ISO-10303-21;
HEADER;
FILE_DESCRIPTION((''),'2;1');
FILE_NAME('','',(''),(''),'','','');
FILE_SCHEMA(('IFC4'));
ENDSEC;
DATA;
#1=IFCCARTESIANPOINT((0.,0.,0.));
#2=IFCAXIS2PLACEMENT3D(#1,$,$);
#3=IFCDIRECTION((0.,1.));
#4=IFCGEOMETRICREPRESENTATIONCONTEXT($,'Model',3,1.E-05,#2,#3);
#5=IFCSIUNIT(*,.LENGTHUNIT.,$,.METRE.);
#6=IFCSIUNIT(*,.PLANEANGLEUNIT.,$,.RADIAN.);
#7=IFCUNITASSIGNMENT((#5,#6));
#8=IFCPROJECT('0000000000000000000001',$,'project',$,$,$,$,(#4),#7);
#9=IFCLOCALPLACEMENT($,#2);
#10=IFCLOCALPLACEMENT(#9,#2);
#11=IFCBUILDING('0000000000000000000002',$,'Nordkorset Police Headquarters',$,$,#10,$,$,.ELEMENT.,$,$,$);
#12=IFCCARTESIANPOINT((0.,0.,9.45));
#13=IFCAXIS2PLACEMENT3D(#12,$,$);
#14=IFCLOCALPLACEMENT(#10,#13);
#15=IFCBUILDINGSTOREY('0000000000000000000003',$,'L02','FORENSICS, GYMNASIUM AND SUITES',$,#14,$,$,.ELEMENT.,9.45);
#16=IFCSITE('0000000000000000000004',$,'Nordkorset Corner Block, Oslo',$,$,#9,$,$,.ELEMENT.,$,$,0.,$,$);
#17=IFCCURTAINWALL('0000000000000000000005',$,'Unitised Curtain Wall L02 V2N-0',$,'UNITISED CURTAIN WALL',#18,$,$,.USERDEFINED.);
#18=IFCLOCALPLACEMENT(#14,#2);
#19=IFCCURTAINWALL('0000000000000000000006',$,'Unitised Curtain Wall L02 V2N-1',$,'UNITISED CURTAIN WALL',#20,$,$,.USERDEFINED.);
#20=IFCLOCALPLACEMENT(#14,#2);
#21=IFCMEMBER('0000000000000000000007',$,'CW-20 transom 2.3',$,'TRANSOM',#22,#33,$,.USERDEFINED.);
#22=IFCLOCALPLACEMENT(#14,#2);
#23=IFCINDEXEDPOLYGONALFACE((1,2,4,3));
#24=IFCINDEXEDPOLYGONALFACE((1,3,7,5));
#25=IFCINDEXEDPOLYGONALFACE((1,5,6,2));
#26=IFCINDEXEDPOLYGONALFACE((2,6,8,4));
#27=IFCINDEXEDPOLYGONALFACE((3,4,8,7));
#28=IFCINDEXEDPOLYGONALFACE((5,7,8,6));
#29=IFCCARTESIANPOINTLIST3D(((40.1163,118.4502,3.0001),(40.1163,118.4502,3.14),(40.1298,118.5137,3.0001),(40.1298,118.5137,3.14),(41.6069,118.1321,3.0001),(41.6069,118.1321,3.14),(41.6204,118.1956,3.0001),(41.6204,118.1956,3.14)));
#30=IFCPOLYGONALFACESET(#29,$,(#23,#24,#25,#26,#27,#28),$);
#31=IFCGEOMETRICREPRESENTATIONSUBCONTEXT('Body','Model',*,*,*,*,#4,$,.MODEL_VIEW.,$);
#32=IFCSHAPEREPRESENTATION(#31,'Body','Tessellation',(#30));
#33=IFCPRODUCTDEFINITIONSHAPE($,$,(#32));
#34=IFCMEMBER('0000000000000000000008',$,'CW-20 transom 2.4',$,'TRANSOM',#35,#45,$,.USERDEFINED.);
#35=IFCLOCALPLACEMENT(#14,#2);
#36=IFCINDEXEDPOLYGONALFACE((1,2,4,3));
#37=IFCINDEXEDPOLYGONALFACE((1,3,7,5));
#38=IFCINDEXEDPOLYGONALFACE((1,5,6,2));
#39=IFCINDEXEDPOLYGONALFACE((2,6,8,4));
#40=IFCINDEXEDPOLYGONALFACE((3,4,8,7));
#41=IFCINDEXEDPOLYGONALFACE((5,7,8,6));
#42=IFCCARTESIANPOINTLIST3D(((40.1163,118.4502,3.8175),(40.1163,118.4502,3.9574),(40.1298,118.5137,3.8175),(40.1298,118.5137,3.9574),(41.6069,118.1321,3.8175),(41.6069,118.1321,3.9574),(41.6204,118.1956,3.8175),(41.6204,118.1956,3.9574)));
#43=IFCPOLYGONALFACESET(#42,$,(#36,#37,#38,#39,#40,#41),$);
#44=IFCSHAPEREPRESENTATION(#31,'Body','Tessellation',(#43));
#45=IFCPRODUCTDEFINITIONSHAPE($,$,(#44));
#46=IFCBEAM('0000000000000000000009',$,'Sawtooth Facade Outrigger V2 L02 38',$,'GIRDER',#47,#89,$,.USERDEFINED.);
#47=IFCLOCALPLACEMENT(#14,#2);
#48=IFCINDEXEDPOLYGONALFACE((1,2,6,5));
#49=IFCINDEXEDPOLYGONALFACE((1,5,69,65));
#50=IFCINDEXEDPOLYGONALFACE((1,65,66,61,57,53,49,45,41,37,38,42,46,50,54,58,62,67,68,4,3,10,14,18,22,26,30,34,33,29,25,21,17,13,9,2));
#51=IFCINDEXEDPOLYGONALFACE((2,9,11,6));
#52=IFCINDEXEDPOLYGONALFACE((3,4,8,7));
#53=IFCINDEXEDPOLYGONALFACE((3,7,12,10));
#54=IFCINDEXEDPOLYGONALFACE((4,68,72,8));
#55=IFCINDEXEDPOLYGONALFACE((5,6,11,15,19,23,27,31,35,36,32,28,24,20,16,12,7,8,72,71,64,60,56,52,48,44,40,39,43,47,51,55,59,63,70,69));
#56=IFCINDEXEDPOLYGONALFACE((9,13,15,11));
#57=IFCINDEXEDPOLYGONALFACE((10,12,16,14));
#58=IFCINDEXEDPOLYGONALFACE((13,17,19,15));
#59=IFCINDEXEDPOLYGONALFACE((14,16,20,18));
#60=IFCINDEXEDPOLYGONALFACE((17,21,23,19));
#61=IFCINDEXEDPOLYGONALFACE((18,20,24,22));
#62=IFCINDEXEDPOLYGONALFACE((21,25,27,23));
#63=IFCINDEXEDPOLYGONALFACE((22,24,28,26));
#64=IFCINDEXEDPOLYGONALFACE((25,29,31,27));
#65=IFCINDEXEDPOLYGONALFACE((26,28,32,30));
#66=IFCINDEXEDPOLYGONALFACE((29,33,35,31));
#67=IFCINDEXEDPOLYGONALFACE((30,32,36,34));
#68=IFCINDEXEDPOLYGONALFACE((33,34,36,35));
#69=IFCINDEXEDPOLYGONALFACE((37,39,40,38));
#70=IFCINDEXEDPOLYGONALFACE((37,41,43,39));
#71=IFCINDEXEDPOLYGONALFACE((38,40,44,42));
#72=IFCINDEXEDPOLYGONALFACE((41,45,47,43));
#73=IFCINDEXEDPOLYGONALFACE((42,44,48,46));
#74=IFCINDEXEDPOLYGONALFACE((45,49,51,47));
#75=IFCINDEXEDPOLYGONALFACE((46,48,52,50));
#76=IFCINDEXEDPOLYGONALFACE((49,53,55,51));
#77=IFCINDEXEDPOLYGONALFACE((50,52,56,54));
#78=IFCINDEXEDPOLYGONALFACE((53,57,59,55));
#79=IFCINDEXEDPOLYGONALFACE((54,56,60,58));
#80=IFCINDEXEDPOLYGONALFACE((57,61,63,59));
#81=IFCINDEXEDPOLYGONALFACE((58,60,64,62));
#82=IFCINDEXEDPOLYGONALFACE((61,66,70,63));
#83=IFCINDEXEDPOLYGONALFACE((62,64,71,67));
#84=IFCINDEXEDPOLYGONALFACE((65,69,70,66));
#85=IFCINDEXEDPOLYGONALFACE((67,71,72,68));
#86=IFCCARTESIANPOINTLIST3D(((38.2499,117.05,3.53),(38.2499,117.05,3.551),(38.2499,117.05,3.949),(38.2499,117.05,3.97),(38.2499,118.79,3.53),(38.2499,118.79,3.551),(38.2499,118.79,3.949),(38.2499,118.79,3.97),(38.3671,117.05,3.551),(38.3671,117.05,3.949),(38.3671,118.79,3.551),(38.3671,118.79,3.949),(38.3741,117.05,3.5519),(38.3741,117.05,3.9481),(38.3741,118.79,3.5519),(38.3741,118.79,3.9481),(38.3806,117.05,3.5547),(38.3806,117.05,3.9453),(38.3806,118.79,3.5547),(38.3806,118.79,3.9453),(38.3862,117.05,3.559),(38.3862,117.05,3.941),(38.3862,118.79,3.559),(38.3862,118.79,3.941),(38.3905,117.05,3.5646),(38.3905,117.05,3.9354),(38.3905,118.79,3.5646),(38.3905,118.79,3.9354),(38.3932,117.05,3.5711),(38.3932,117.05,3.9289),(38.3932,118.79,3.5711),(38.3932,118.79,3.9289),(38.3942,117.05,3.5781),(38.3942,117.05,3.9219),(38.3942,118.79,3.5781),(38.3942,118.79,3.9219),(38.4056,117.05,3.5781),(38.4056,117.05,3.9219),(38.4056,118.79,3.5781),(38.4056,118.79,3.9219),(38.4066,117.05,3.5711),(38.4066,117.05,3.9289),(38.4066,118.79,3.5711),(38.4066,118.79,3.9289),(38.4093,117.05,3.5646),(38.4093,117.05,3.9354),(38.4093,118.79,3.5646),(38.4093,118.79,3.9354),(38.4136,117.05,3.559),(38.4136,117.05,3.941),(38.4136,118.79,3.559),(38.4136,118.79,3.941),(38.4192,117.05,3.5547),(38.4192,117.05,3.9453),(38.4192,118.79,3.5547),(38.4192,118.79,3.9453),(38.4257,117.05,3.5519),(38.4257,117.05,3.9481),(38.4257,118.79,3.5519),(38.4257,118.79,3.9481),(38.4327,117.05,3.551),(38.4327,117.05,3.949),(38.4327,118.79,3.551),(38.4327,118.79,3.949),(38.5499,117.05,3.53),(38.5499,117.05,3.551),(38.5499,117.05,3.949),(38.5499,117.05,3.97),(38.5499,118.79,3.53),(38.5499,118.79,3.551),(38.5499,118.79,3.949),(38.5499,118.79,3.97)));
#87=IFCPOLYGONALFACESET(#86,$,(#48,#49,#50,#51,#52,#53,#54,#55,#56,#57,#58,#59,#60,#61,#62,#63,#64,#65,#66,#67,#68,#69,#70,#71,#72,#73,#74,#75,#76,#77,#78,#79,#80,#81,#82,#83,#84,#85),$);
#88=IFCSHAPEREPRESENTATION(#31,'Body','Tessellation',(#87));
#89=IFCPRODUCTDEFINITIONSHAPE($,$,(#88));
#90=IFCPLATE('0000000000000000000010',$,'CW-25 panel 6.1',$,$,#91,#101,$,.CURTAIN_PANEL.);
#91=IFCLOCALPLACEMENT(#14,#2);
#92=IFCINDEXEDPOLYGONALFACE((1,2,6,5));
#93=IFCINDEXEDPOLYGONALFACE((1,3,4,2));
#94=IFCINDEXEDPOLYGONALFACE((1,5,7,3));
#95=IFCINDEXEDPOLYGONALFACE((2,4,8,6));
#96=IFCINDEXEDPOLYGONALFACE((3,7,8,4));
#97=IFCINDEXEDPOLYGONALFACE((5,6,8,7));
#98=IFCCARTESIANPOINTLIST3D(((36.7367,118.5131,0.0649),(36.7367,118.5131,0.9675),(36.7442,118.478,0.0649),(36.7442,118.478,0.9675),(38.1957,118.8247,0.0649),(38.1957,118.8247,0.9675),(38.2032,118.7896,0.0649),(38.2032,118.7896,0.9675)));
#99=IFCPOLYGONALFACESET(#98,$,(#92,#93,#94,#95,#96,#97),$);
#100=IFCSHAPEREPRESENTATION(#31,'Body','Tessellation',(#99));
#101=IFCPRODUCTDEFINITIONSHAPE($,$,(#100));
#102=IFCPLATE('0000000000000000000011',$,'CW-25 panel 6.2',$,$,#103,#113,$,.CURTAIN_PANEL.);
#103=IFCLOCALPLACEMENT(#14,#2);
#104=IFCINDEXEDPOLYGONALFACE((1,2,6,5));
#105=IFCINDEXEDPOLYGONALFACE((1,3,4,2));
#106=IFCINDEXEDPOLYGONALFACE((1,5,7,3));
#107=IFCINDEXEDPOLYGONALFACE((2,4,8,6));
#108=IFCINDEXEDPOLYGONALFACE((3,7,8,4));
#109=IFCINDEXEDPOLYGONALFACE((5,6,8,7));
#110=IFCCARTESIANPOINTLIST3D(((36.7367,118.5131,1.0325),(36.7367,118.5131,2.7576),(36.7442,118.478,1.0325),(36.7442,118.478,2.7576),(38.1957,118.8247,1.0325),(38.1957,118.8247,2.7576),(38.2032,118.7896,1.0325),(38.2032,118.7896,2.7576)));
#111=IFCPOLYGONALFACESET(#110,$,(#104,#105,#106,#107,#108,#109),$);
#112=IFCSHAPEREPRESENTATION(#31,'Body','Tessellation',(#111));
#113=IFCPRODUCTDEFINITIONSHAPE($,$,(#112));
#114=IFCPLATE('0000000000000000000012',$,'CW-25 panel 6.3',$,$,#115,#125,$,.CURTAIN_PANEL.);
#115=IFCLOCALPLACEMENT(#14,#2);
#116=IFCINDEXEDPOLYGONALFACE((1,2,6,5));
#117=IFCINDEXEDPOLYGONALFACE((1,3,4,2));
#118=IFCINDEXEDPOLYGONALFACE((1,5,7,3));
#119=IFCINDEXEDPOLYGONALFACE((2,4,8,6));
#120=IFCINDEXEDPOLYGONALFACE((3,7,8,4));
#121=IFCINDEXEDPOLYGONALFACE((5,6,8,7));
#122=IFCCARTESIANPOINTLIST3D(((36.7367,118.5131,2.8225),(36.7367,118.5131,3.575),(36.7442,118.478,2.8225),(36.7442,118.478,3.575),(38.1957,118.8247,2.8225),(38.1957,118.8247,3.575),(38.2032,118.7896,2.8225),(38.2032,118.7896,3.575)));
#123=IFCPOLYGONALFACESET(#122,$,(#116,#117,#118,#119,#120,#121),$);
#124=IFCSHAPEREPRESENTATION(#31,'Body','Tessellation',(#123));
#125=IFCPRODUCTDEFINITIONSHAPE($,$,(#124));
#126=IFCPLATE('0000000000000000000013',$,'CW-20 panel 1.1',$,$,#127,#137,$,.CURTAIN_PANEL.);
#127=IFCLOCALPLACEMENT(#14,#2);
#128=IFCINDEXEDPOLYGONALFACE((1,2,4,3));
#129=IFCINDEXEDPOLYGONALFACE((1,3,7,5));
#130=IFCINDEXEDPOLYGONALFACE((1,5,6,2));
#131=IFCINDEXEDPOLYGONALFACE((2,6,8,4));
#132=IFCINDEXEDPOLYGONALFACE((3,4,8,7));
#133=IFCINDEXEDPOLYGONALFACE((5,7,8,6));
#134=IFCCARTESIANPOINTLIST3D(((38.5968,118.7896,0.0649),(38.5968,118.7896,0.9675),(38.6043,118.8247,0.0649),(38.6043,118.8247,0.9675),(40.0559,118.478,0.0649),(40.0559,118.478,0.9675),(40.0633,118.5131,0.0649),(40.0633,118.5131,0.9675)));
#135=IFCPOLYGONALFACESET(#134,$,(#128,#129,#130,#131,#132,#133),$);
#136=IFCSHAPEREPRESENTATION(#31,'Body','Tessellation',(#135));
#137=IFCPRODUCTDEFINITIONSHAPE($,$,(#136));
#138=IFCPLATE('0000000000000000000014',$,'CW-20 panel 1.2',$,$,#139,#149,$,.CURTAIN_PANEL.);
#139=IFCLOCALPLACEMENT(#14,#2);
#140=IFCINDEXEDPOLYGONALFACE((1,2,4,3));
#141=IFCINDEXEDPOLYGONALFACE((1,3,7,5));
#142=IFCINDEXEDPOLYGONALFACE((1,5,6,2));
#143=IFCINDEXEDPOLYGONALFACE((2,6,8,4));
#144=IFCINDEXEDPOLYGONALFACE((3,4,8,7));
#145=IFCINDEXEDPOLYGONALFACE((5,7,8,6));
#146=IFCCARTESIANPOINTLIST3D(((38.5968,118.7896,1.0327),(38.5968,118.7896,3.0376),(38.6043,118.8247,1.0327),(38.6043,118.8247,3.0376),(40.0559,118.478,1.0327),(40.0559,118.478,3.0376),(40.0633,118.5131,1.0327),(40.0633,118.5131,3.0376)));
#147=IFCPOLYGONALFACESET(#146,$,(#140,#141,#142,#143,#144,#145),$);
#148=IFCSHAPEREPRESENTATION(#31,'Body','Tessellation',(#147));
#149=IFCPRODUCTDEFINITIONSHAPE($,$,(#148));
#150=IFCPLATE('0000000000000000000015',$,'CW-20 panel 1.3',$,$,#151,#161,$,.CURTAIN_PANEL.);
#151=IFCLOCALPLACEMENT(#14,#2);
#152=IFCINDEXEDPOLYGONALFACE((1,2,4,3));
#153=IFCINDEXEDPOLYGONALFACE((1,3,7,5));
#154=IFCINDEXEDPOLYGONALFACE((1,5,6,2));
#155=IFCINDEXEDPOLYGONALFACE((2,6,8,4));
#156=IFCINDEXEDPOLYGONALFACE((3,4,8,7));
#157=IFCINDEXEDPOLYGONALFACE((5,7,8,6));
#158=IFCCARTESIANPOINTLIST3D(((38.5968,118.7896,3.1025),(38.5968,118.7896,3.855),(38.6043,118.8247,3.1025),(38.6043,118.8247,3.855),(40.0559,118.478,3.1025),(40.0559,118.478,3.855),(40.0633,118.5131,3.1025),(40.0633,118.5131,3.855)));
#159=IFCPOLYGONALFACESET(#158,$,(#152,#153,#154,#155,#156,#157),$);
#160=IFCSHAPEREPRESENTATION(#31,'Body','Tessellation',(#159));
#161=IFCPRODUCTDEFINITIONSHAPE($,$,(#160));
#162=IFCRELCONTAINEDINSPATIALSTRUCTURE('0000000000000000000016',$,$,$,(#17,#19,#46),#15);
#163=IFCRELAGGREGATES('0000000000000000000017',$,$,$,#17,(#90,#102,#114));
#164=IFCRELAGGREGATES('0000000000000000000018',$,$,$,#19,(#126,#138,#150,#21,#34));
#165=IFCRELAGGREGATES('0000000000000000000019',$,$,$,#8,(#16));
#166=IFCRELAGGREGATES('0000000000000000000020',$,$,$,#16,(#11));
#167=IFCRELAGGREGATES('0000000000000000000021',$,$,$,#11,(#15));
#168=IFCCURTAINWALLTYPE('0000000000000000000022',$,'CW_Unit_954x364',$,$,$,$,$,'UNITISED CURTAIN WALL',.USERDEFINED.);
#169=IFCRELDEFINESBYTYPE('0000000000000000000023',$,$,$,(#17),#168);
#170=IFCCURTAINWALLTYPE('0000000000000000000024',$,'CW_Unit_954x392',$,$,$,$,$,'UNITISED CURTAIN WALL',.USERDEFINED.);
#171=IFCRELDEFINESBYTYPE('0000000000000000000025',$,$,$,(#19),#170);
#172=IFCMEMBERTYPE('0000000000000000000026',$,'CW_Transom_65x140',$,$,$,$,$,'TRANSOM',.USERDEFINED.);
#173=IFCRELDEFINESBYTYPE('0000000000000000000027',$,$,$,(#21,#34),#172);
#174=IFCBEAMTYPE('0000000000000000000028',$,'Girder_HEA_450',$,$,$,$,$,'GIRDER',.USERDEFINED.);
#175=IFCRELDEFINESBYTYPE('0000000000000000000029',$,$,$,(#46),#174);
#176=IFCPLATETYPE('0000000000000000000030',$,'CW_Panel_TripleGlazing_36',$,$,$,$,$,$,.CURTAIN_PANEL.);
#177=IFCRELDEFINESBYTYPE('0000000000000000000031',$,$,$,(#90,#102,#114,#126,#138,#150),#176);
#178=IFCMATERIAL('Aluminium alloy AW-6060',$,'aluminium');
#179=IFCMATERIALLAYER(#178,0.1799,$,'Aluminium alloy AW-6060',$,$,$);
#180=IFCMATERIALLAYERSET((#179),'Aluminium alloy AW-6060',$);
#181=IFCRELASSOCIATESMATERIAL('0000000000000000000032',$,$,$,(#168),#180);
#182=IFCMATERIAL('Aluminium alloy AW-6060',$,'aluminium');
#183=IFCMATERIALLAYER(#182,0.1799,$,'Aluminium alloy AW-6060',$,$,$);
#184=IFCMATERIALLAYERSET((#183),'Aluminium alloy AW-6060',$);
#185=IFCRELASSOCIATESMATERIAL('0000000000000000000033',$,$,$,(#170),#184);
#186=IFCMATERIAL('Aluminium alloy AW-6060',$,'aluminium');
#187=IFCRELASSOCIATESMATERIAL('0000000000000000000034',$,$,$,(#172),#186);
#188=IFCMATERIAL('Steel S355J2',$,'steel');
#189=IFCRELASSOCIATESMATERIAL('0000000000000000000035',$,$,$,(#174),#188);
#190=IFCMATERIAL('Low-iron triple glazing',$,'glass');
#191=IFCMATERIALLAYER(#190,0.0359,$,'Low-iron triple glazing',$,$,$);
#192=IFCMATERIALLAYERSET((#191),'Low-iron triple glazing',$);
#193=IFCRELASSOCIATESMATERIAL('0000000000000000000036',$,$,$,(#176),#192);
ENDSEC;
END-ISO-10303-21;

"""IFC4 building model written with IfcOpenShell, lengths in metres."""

from ifc_helpers import new_model, si_unit, direction, frame, origin, origin_2d, place, context, subcontext, project, spatial, rectangle, i_section, extrude, material, layer, layer_set, material_profile, profile_set, type_object, element, aggregate, save


model = new_model("IFC4")

# Units and contexts
model_context = context("Model", 3, precision=1e-05, world=origin(), true_north=direction((0.0, 1.0)))
body_context = subcontext(model_context, "Body", "Model", "MODEL_VIEW")
ifc_project = project(units=[si_unit("LENGTHUNIT", "METRE"), si_unit("PLANEANGLEUNIT", "RADIAN")], contexts=[model_context])

# Site, building, storey
site_placement = place(None, origin())
site = spatial("IfcSite", under=ifc_project, at=site_placement, Name="Nordkorset Corner Block, Oslo", CompositionType="ELEMENT", RefElevation=0.0)
building_placement = place(site_placement, origin())
building = spatial("IfcBuilding", under=site, at=building_placement, Name="Nordkorset Police Headquarters", CompositionType="ELEMENT")
storey_placement = place(building_placement, frame((0.0, 0.0, 9.45)))
storey = spatial("IfcBuildingStorey", under=building, at=storey_placement, Name="L02", Description="FORENSICS, GYMNASIUM AND SUITES", CompositionType="ELEMENT", Elevation=9.45)

# Curtain walls
ifc_material_1 = material(Name="Aluminium alloy AW-6060", Category="aluminium")
ifc_layer_1 = layer(ifc_material_1, 0.1799, Name="Aluminium alloy AW-6060")
ifc_layer_set_1 = layer_set([ifc_layer_1], Name="Aluminium alloy AW-6060")
curtain_wall_type_1 = type_object("IfcCurtainWallType", Name="CW_Unit_954x364", ElementType="UNITISED CURTAIN WALL", PredefinedType="USERDEFINED", material=ifc_layer_set_1)
curtain_wall_1_placement = place(storey_placement, origin())
curtain_wall_1 = element("IfcCurtainWall", 1, at=curtain_wall_1_placement, inside=storey, type_object=curtain_wall_type_1, Name="Unitised Curtain Wall L02 V2N-0", ObjectType="UNITISED CURTAIN WALL", PredefinedType="USERDEFINED")
ifc_material_2 = material(Name="Aluminium alloy AW-6060", Category="aluminium")
ifc_layer_2 = layer(ifc_material_2, 0.1799, Name="Aluminium alloy AW-6060")
ifc_layer_set_2 = layer_set([ifc_layer_2], Name="Aluminium alloy AW-6060")
curtain_wall_type_2 = type_object("IfcCurtainWallType", Name="CW_Unit_954x392", ElementType="UNITISED CURTAIN WALL", PredefinedType="USERDEFINED", material=ifc_layer_set_2)
curtain_wall_2_placement = place(storey_placement, origin())
curtain_wall_2 = element("IfcCurtainWall", 2, at=curtain_wall_2_placement, inside=storey, type_object=curtain_wall_type_2, Name="Unitised Curtain Wall L02 V2N-1", ObjectType="UNITISED CURTAIN WALL", PredefinedType="USERDEFINED")

# Members
ifc_material_3 = material(Name="Aluminium alloy AW-6060", Category="aluminium")
ifc_material_profile_1 = material_profile(ifc_material_3, rectangle(XDim=0.0649, YDim=0.1399, at=origin_2d()), Name="ALU TRAN 65x140")
ifc_profile_set_1 = profile_set([ifc_material_profile_1], Name="Aluminium alloy AW-6060")
member_type_1 = type_object("IfcMemberType", Name="CW_Transom_65x140", ElementType="TRANSOM", PredefinedType="USERDEFINED", material=ifc_profile_set_1)
member_1_placement = place(storey_placement, frame((40.123, 118.4819, 3.0701), z_axis=(0.97798, -0.208698, 0.0), x_axis=(0.208698, 0.97798, 0.0)))
member_1 = element("IfcMember", 3, at=member_1_placement, type_object=member_type_1, Name="CW-20 transom 2.3", ObjectType="TRANSOM", PredefinedType="USERDEFINED", context=body_context, shape_type="SweptSolid", body=[
    extrude(rectangle(XDim=0.0649, YDim=0.1399, at=origin_2d()), origin(), (0.0, 0.0, 1.0), 1.5242),
])
member_2_placement = place(storey_placement, frame((40.123, 118.4819, 3.8875), z_axis=(0.97798, -0.208698, 0.0), x_axis=(0.208698, 0.97798, 0.0)))
member_2 = element("IfcMember", 4, at=member_2_placement, type_object=member_type_1, Name="CW-20 transom 2.4", ObjectType="TRANSOM", PredefinedType="USERDEFINED", context=body_context, shape_type="SweptSolid", body=[
    extrude(rectangle(XDim=0.0649, YDim=0.1399, at=origin_2d()), origin(), (0.0, 0.0, 1.0), 1.5242),
])

# Beam
ifc_material_4 = material(Name="Steel S355J2", Category="steel")
ifc_material_profile_2 = material_profile(ifc_material_4, i_section(OverallWidth=0.3, OverallDepth=0.4399, WebThickness=0.0115, FlangeThickness=0.021, FilletRadius=0.0271, at=origin_2d()), Name="HEA 450")
ifc_profile_set_2 = profile_set([ifc_material_profile_2], Name="Steel S355J2")
beam_type = type_object("IfcBeamType", Name="Girder_HEA_450", ElementType="GIRDER", PredefinedType="USERDEFINED", material=ifc_profile_set_2)
beam_placement = place(storey_placement, frame((38.3999, 117.05, 3.75), z_axis=(0.0, 1.0, 0.0), x_axis=(-1.0, 0.0, 0.0)))
element("IfcBeam", 5, at=beam_placement, inside=storey, type_object=beam_type, Name="Sawtooth Facade Outrigger V2 L02 38", ObjectType="GIRDER", PredefinedType="USERDEFINED", context=body_context, shape_type="SweptSolid", body=[
    extrude(i_section(OverallWidth=0.3, OverallDepth=0.4399, WebThickness=0.0115, FlangeThickness=0.021, FilletRadius=0.0271, at=origin_2d()), origin(), (0.0, 0.0, 1.0), 1.74),
])

# Plates
ifc_material_5 = material(Name="Low-iron triple glazing", Category="glass")
ifc_layer_3 = layer(ifc_material_5, 0.0359, Name="Low-iron triple glazing")
ifc_layer_set_3 = layer_set([ifc_layer_3], Name="Low-iron triple glazing")
plate_type = type_object("IfcPlateType", Name="CW_Panel_TripleGlazing_36", PredefinedType="CURTAIN_PANEL", material=ifc_layer_set_3)
plate_1_placement = place(storey_placement, frame((37.47, 118.6514, 0.0649), z_axis=(0.0, 0.0, 1.0), x_axis=(0.977951, 0.208833, 0.0)))
plate_1 = element("IfcPlate", 6, at=plate_1_placement, type_object=plate_type, Name="CW-25 panel 6.1", PredefinedType="CURTAIN_PANEL", context=body_context, shape_type="SweptSolid", body=[
    extrude(rectangle(XDim=1.4919, YDim=0.0359, at=origin_2d()), origin(), (0.0, 0.0, 1.0), 0.9026),
])
plate_2_placement = place(storey_placement, frame((37.47, 118.6514, 1.0325), z_axis=(0.0, 0.0, 1.0), x_axis=(0.977951, 0.208833, 0.0)))
plate_2 = element("IfcPlate", 7, at=plate_2_placement, type_object=plate_type, Name="CW-25 panel 6.2", PredefinedType="CURTAIN_PANEL", context=body_context, shape_type="SweptSolid", body=[
    extrude(rectangle(XDim=1.4919, YDim=0.0359, at=origin_2d()), origin(), (0.0, 0.0, 1.0), 1.7251),
])
plate_3_placement = place(storey_placement, frame((37.47, 118.6514, 2.8225), z_axis=(0.0, 0.0, 1.0), x_axis=(0.977951, 0.208833, 0.0)))
plate_3 = element("IfcPlate", 8, at=plate_3_placement, type_object=plate_type, Name="CW-25 panel 6.3", PredefinedType="CURTAIN_PANEL", context=body_context, shape_type="SweptSolid", body=[
    extrude(rectangle(XDim=1.4919, YDim=0.0359, at=origin_2d()), origin(), (0.0, 0.0, 1.0), 0.7524),
])
aggregate(curtain_wall_1, [plate_1, plate_2, plate_3])
plate_4_placement = place(storey_placement, frame((39.3301, 118.6514, 0.0649), z_axis=(0.0, 0.0, 1.0), x_axis=(0.977951, -0.208833, 0.0)))
plate_4 = element("IfcPlate", 9, at=plate_4_placement, type_object=plate_type, Name="CW-20 panel 1.1", PredefinedType="CURTAIN_PANEL", context=body_context, shape_type="SweptSolid", body=[
    extrude(rectangle(XDim=1.4919, YDim=0.0359, at=origin_2d()), origin(), (0.0, 0.0, 1.0), 0.9026),
])
plate_5_placement = place(storey_placement, frame((39.3301, 118.6514, 1.0327), z_axis=(0.0, 0.0, 1.0), x_axis=(0.977951, -0.208833, 0.0)))
plate_5 = element("IfcPlate", 10, at=plate_5_placement, type_object=plate_type, Name="CW-20 panel 1.2", PredefinedType="CURTAIN_PANEL", context=body_context, shape_type="SweptSolid", body=[
    extrude(rectangle(XDim=1.4919, YDim=0.0359, at=origin_2d()), origin(), (0.0, 0.0, 1.0), 2.0049),
])
plate_6_placement = place(storey_placement, frame((39.3301, 118.6514, 3.1025), z_axis=(0.0, 0.0, 1.0), x_axis=(0.977951, -0.208833, 0.0)))
plate_6 = element("IfcPlate", 11, at=plate_6_placement, type_object=plate_type, Name="CW-20 panel 1.3", PredefinedType="CURTAIN_PANEL", context=body_context, shape_type="SweptSolid", body=[
    extrude(rectangle(XDim=1.4919, YDim=0.0359, at=origin_2d()), origin(), (0.0, 0.0, 1.0), 0.7524),
])
aggregate(curtain_wall_2, [plate_4, plate_5, plate_6, member_1, member_2])

save(model, "model.ifc")
